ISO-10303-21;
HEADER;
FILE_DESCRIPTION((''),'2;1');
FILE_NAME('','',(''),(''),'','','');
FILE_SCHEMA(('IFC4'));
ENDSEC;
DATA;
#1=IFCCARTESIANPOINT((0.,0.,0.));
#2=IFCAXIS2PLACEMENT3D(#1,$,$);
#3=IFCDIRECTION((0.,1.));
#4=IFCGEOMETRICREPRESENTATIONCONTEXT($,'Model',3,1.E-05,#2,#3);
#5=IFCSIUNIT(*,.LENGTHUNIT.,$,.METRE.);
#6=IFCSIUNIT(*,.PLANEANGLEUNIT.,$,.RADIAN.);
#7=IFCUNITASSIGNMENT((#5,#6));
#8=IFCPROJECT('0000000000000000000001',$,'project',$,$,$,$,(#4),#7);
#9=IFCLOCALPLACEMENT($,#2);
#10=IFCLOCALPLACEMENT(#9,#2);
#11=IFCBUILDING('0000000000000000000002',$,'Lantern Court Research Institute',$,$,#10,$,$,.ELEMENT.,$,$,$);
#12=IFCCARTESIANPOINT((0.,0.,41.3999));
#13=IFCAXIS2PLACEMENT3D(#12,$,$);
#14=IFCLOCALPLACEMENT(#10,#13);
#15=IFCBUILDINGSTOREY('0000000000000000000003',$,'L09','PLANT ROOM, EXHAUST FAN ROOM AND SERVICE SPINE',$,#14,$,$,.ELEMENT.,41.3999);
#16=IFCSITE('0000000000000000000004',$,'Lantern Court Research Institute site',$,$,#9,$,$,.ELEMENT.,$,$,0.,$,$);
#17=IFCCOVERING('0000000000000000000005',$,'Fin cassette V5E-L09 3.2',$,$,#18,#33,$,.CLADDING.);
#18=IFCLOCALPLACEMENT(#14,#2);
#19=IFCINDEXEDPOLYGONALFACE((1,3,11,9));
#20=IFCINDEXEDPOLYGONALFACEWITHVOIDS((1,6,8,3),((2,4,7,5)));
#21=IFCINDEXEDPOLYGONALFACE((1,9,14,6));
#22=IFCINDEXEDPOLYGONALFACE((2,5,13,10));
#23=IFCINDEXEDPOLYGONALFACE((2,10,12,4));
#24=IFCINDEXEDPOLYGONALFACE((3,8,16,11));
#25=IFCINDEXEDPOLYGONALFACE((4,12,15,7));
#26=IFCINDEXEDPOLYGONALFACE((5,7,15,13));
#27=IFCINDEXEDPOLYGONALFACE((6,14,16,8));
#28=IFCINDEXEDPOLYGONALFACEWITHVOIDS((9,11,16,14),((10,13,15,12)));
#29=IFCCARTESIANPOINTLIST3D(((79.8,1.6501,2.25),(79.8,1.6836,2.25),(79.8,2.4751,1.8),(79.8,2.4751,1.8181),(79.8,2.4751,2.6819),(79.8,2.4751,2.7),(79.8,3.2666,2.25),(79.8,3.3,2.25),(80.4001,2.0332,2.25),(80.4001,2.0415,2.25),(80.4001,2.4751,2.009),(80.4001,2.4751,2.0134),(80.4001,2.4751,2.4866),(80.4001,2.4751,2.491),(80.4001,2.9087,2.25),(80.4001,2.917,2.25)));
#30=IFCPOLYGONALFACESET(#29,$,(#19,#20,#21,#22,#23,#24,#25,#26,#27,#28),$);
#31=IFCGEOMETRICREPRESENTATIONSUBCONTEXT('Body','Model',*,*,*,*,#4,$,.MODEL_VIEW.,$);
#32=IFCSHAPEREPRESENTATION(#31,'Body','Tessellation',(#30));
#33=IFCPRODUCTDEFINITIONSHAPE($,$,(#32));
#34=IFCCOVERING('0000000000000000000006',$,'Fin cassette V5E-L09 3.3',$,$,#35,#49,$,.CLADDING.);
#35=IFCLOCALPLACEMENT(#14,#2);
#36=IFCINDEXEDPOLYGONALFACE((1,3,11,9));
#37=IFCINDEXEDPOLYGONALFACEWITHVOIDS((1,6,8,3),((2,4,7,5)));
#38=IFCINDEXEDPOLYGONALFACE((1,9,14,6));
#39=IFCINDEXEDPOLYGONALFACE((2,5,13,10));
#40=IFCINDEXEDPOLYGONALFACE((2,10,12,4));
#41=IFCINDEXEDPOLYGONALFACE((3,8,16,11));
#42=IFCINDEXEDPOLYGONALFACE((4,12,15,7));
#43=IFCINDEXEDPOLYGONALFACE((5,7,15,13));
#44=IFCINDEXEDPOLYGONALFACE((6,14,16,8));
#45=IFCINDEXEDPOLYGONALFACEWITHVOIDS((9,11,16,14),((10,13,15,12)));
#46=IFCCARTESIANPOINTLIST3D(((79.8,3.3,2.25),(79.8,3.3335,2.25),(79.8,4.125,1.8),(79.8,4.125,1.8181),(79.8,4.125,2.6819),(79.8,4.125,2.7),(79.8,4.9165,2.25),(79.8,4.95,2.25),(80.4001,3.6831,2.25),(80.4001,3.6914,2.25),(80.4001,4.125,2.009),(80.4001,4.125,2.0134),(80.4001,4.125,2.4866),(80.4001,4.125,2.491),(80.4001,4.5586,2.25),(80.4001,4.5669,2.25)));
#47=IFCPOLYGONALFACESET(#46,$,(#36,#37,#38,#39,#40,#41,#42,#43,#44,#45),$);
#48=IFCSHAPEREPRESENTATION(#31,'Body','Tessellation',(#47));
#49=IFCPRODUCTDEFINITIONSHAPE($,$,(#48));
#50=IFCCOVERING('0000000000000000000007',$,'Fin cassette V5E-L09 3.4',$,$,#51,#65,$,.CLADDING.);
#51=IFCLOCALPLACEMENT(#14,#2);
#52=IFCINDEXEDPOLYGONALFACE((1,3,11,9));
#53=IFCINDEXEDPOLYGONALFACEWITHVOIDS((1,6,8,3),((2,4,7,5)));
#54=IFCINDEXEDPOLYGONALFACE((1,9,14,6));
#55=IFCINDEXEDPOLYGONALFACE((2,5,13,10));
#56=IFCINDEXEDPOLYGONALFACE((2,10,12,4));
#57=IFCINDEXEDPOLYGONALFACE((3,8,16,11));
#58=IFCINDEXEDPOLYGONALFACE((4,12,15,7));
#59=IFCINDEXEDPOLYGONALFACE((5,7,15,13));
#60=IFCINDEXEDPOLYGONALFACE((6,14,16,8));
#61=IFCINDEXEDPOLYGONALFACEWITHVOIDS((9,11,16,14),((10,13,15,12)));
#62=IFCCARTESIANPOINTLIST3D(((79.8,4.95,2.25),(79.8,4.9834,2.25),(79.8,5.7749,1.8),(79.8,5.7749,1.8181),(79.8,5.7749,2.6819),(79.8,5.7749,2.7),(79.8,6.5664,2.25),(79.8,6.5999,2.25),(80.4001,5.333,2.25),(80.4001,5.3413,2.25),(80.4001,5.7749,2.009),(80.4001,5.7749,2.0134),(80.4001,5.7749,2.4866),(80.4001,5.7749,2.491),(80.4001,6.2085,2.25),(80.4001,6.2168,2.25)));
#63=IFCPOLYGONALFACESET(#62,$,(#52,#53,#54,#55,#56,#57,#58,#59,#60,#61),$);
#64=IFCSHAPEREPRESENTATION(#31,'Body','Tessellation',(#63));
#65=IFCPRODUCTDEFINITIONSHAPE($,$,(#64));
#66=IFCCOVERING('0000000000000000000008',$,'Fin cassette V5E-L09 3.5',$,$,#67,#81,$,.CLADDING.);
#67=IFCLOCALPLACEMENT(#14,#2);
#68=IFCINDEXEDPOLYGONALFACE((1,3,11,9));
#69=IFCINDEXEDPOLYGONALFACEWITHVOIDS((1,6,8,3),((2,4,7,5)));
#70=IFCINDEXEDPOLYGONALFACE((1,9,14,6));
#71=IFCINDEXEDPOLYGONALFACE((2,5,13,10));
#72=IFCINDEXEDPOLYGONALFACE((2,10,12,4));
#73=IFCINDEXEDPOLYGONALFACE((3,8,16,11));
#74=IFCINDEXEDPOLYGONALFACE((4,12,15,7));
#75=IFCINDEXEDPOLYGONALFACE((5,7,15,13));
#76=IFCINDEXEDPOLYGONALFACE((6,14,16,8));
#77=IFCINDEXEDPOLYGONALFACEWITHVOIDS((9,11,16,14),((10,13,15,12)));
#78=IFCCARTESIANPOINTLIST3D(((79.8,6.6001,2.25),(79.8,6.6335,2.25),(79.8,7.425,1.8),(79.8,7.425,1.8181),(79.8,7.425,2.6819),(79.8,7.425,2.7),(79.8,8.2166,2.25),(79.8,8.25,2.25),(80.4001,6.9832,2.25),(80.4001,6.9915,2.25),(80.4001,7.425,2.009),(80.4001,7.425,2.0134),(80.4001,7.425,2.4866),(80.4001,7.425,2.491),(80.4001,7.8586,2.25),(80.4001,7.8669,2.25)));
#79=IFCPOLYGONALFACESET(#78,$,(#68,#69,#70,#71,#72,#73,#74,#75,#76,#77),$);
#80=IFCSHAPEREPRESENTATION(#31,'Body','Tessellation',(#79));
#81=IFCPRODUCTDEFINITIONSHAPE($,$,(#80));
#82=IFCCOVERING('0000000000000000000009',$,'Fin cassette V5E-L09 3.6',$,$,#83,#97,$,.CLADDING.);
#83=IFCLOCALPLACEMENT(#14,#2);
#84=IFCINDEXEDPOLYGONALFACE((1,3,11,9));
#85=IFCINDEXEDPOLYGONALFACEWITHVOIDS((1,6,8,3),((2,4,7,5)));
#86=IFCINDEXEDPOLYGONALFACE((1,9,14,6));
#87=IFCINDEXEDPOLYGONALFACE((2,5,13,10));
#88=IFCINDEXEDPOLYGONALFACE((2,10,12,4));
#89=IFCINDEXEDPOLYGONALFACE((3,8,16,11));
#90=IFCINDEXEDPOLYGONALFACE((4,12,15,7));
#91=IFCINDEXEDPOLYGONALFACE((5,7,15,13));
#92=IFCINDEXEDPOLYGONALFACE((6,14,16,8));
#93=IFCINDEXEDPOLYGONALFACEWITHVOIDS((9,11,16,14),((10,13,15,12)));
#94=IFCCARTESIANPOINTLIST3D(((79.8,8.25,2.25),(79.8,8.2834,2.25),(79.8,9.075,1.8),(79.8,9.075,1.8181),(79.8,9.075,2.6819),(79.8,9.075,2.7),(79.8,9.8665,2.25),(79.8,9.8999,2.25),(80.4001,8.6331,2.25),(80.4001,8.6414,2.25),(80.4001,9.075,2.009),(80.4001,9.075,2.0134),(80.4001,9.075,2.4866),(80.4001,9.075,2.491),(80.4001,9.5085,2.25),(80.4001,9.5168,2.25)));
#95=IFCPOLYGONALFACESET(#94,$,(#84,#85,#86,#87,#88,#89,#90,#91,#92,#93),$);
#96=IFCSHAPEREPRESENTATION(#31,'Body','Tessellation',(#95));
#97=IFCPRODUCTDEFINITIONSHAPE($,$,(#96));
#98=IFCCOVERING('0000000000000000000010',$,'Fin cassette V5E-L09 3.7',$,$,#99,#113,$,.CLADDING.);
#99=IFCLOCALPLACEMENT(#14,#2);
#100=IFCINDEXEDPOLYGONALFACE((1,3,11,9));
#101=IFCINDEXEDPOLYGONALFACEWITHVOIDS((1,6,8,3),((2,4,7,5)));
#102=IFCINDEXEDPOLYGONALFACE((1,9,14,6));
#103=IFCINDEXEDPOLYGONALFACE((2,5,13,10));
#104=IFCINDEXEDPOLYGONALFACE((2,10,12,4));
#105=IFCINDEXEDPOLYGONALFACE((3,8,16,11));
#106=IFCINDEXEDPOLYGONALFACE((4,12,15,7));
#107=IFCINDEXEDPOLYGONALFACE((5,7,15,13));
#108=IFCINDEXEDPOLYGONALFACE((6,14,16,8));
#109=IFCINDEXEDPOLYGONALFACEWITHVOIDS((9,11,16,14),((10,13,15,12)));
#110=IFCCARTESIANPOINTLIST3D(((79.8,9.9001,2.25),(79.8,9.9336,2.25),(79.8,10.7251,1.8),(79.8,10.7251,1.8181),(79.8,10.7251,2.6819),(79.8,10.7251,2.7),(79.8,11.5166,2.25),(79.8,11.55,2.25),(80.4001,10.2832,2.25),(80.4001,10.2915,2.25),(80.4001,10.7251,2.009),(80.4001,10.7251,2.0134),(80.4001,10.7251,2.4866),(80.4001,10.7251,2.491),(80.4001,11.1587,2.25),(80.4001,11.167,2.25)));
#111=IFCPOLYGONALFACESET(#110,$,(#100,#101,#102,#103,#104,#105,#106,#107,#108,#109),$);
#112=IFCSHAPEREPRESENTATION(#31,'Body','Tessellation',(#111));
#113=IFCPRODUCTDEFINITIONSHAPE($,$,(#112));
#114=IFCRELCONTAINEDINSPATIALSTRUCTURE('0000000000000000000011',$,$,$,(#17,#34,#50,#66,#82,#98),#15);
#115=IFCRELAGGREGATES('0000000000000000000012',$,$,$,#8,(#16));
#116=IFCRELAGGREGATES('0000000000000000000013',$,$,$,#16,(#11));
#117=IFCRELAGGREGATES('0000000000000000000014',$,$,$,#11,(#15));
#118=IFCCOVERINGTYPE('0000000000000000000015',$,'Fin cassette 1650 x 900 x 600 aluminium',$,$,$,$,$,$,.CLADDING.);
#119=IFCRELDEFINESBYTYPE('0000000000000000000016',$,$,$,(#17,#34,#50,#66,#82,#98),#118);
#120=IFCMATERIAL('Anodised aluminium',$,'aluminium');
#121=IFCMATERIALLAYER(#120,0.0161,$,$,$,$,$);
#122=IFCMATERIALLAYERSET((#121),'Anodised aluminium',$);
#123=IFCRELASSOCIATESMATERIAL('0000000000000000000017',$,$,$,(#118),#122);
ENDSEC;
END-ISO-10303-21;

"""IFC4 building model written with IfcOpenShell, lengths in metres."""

from ifc_helpers import new_model, entity, si_unit, direction, frame, origin, place, context, subcontext, project, spatial, material, layer, layer_set, type_object, element, save


model = new_model("IFC4")

# Units and contexts
model_context = context("Model", 3, precision=1e-05, world=origin(), true_north=direction((0.0, 1.0)))
body_context = subcontext(model_context, "Body", "Model", "MODEL_VIEW")
ifc_project = project(units=[si_unit("LENGTHUNIT", "METRE"), si_unit("PLANEANGLEUNIT", "RADIAN")], contexts=[model_context])

# Site, building, storey
site_placement = place(None, origin())
site = spatial("IfcSite", under=ifc_project, at=site_placement, Name="Lantern Court Research Institute site", CompositionType="ELEMENT", RefElevation=0.0)
building_placement = place(site_placement, origin())
building = spatial("IfcBuilding", under=site, at=building_placement, Name="Lantern Court Research Institute", CompositionType="ELEMENT")
storey_placement = place(building_placement, frame((0.0, 0.0, 41.3999)))
storey = spatial("IfcBuildingStorey", under=building, at=storey_placement, Name="L09", Description="PLANT ROOM, EXHAUST FAN ROOM AND SERVICE SPINE", CompositionType="ELEMENT", Elevation=41.3999)

# Coverings
ifc_material_1 = material(Name="Anodised aluminium", Category="aluminium")
ifc_layer_1 = layer(ifc_material_1, 0.0161)
ifc_layer_set_1 = layer_set([ifc_layer_1], Name="Anodised aluminium")
covering_type = type_object("IfcCoveringType", Name="Fin cassette 1650 x 900 x 600 aluminium", PredefinedType="CLADDING", material=ifc_layer_set_1)
covering_1_placement = place(storey_placement, frame((79.8, 2.4751, 2.25), z_axis=(1.0, 0.0, 0.0), x_axis=(0.0, 1.0, 0.0)))
cartesian_point_1 = entity("IfcCartesianPoint", [0.825, 0.0])
cartesian_point_2 = entity("IfcCartesianPoint", [0.7915, 0.0])
cartesian_point_3 = entity("IfcCartesianPoint", [0.4419, 0.0])
cartesian_point_4 = entity("IfcCartesianPoint", [0.4336, 0.0])
element("IfcCovering", 1, at=covering_1_placement, inside=storey, type_object=covering_type, Name="Fin cassette V5E-L09 3.2", PredefinedType="CLADDING", context=body_context, shape_type="SweptSolid", body=[
    entity("IfcExtrudedAreaSolidTapered", entity("IfcArbitraryProfileDefWithVoids", "AREA", None, entity("IfcPolyline", [cartesian_point_1, entity("IfcCartesianPoint", [0.0, 0.45]), entity("IfcCartesianPoint", [-0.825, 0.0]), entity("IfcCartesianPoint", [0.0, -0.45]), cartesian_point_1]), [entity("IfcPolyline", [cartesian_point_2, entity("IfcCartesianPoint", [0.0, 0.4319]), entity("IfcCartesianPoint", [-0.7915, 0.0]), entity("IfcCartesianPoint", [0.0, -0.4319]), cartesian_point_2])]), entity("IfcAxis2Placement3D", entity("IfcCartesianPoint", [0.0, 0.0, 0.0])), entity("IfcDirection", [0.0, 0.0, 1.0]), 0.6001, entity("IfcArbitraryProfileDefWithVoids", "AREA", None, entity("IfcPolyline", [cartesian_point_3, entity("IfcCartesianPoint", [0.0, 0.241]), entity("IfcCartesianPoint", [-0.4419, 0.0]), entity("IfcCartesianPoint", [0.0, -0.241]), cartesian_point_3]), [entity("IfcPolyline", [cartesian_point_4, entity("IfcCartesianPoint", [0.0, 0.2366]), entity("IfcCartesianPoint", [-0.4336, 0.0]), entity("IfcCartesianPoint", [0.0, -0.2366]), cartesian_point_4])])),
])
covering_2_placement = place(storey_placement, frame((79.8, 4.125, 2.25), z_axis=(1.0, 0.0, 0.0), x_axis=(0.0, 1.0, 0.0)))
cartesian_point_5 = entity("IfcCartesianPoint", [0.825, 0.0])
cartesian_point_6 = entity("IfcCartesianPoint", [0.7915, 0.0])
cartesian_point_7 = entity("IfcCartesianPoint", [0.4419, 0.0])
cartesian_point_8 = entity("IfcCartesianPoint", [0.4336, 0.0])
element("IfcCovering", 2, at=covering_2_placement, inside=storey, type_object=covering_type, Name="Fin cassette V5E-L09 3.3", PredefinedType="CLADDING", context=body_context, shape_type="SweptSolid", body=[
    entity("IfcExtrudedAreaSolidTapered", entity("IfcArbitraryProfileDefWithVoids", "AREA", None, entity("IfcPolyline", [cartesian_point_5, entity("IfcCartesianPoint", [0.0, 0.45]), entity("IfcCartesianPoint", [-0.825, 0.0]), entity("IfcCartesianPoint", [0.0, -0.45]), cartesian_point_5]), [entity("IfcPolyline", [cartesian_point_6, entity("IfcCartesianPoint", [0.0, 0.4319]), entity("IfcCartesianPoint", [-0.7915, 0.0]), entity("IfcCartesianPoint", [0.0, -0.4319]), cartesian_point_6])]), entity("IfcAxis2Placement3D", entity("IfcCartesianPoint", [0.0, 0.0, 0.0])), entity("IfcDirection", [0.0, 0.0, 1.0]), 0.6001, entity("IfcArbitraryProfileDefWithVoids", "AREA", None, entity("IfcPolyline", [cartesian_point_7, entity("IfcCartesianPoint", [0.0, 0.241]), entity("IfcCartesianPoint", [-0.4419, 0.0]), entity("IfcCartesianPoint", [0.0, -0.241]), cartesian_point_7]), [entity("IfcPolyline", [cartesian_point_8, entity("IfcCartesianPoint", [0.0, 0.2366]), entity("IfcCartesianPoint", [-0.4336, 0.0]), entity("IfcCartesianPoint", [0.0, -0.2366]), cartesian_point_8])])),
])
covering_3_placement = place(storey_placement, frame((79.8, 5.7749, 2.25), z_axis=(1.0, 0.0, 0.0), x_axis=(0.0, 1.0, 0.0)))
cartesian_point_9 = entity("IfcCartesianPoint", [0.825, 0.0])
cartesian_point_10 = entity("IfcCartesianPoint", [0.7915, 0.0])
cartesian_point_11 = entity("IfcCartesianPoint", [0.4419, 0.0])
cartesian_point_12 = entity("IfcCartesianPoint", [0.4336, 0.0])
element("IfcCovering", 3, at=covering_3_placement, inside=storey, type_object=covering_type, Name="Fin cassette V5E-L09 3.4", PredefinedType="CLADDING", context=body_context, shape_type="SweptSolid", body=[
    entity("IfcExtrudedAreaSolidTapered", entity("IfcArbitraryProfileDefWithVoids", "AREA", None, entity("IfcPolyline", [cartesian_point_9, entity("IfcCartesianPoint", [0.0, 0.45]), entity("IfcCartesianPoint", [-0.825, 0.0]), entity("IfcCartesianPoint", [0.0, -0.45]), cartesian_point_9]), [entity("IfcPolyline", [cartesian_point_10, entity("IfcCartesianPoint", [0.0, 0.4319]), entity("IfcCartesianPoint", [-0.7915, 0.0]), entity("IfcCartesianPoint", [0.0, -0.4319]), cartesian_point_10])]), entity("IfcAxis2Placement3D", entity("IfcCartesianPoint", [0.0, 0.0, 0.0])), entity("IfcDirection", [0.0, 0.0, 1.0]), 0.6001, entity("IfcArbitraryProfileDefWithVoids", "AREA", None, entity("IfcPolyline", [cartesian_point_11, entity("IfcCartesianPoint", [0.0, 0.241]), entity("IfcCartesianPoint", [-0.4419, 0.0]), entity("IfcCartesianPoint", [0.0, -0.241]), cartesian_point_11]), [entity("IfcPolyline", [cartesian_point_12, entity("IfcCartesianPoint", [0.0, 0.2366]), entity("IfcCartesianPoint", [-0.4336, 0.0]), entity("IfcCartesianPoint", [0.0, -0.2366]), cartesian_point_12])])),
])
covering_4_placement = place(storey_placement, frame((79.8, 7.425, 2.25), z_axis=(1.0, 0.0, 0.0), x_axis=(0.0, 1.0, 0.0)))
cartesian_point_13 = entity("IfcCartesianPoint", [0.825, 0.0])
cartesian_point_14 = entity("IfcCartesianPoint", [0.7915, 0.0])
cartesian_point_15 = entity("IfcCartesianPoint", [0.4419, 0.0])
cartesian_point_16 = entity("IfcCartesianPoint", [0.4336, 0.0])
element("IfcCovering", 4, at=covering_4_placement, inside=storey, type_object=covering_type, Name="Fin cassette V5E-L09 3.5", PredefinedType="CLADDING", context=body_context, shape_type="SweptSolid", body=[
    entity("IfcExtrudedAreaSolidTapered", entity("IfcArbitraryProfileDefWithVoids", "AREA", None, entity("IfcPolyline", [cartesian_point_13, entity("IfcCartesianPoint", [0.0, 0.45]), entity("IfcCartesianPoint", [-0.825, 0.0]), entity("IfcCartesianPoint", [0.0, -0.45]), cartesian_point_13]), [entity("IfcPolyline", [cartesian_point_14, entity("IfcCartesianPoint", [0.0, 0.4319]), entity("IfcCartesianPoint", [-0.7915, 0.0]), entity("IfcCartesianPoint", [0.0, -0.4319]), cartesian_point_14])]), entity("IfcAxis2Placement3D", entity("IfcCartesianPoint", [0.0, 0.0, 0.0])), entity("IfcDirection", [0.0, 0.0, 1.0]), 0.6001, entity("IfcArbitraryProfileDefWithVoids", "AREA", None, entity("IfcPolyline", [cartesian_point_15, entity("IfcCartesianPoint", [0.0, 0.241]), entity("IfcCartesianPoint", [-0.4419, 0.0]), entity("IfcCartesianPoint", [0.0, -0.241]), cartesian_point_15]), [entity("IfcPolyline", [cartesian_point_16, entity("IfcCartesianPoint", [0.0, 0.2366]), entity("IfcCartesianPoint", [-0.4336, 0.0]), entity("IfcCartesianPoint", [0.0, -0.2366]), cartesian_point_16])])),
])
covering_5_placement = place(storey_placement, frame((79.8, 9.075, 2.25), z_axis=(1.0, 0.0, 0.0), x_axis=(0.0, 1.0, 0.0)))
cartesian_point_17 = entity("IfcCartesianPoint", [0.825, 0.0])
cartesian_point_18 = entity("IfcCartesianPoint", [0.7915, 0.0])
cartesian_point_19 = entity("IfcCartesianPoint", [0.4419, 0.0])
cartesian_point_20 = entity("IfcCartesianPoint", [0.4336, 0.0])
element("IfcCovering", 5, at=covering_5_placement, inside=storey, type_object=covering_type, Name="Fin cassette V5E-L09 3.6", PredefinedType="CLADDING", context=body_context, shape_type="SweptSolid", body=[
    entity("IfcExtrudedAreaSolidTapered", entity("IfcArbitraryProfileDefWithVoids", "AREA", None, entity("IfcPolyline", [cartesian_point_17, entity("IfcCartesianPoint", [0.0, 0.45]), entity("IfcCartesianPoint", [-0.825, 0.0]), entity("IfcCartesianPoint", [0.0, -0.45]), cartesian_point_17]), [entity("IfcPolyline", [cartesian_point_18, entity("IfcCartesianPoint", [0.0, 0.4319]), entity("IfcCartesianPoint", [-0.7915, 0.0]), entity("IfcCartesianPoint", [0.0, -0.4319]), cartesian_point_18])]), entity("IfcAxis2Placement3D", entity("IfcCartesianPoint", [0.0, 0.0, 0.0])), entity("IfcDirection", [0.0, 0.0, 1.0]), 0.6001, entity("IfcArbitraryProfileDefWithVoids", "AREA", None, entity("IfcPolyline", [cartesian_point_19, entity("IfcCartesianPoint", [0.0, 0.241]), entity("IfcCartesianPoint", [-0.4419, 0.0]), entity("IfcCartesianPoint", [0.0, -0.241]), cartesian_point_19]), [entity("IfcPolyline", [cartesian_point_20, entity("IfcCartesianPoint", [0.0, 0.2366]), entity("IfcCartesianPoint", [-0.4336, 0.0]), entity("IfcCartesianPoint", [0.0, -0.2366]), cartesian_point_20])])),
])
covering_6_placement = place(storey_placement, frame((79.8, 10.7251, 2.25), z_axis=(1.0, 0.0, 0.0), x_axis=(0.0, 1.0, 0.0)))
cartesian_point_21 = entity("IfcCartesianPoint", [0.825, 0.0])
cartesian_point_22 = entity("IfcCartesianPoint", [0.7915, 0.0])
cartesian_point_23 = entity("IfcCartesianPoint", [0.4419, 0.0])
cartesian_point_24 = entity("IfcCartesianPoint", [0.4336, 0.0])
element("IfcCovering", 6, at=covering_6_placement, inside=storey, type_object=covering_type, Name="Fin cassette V5E-L09 3.7", PredefinedType="CLADDING", context=body_context, shape_type="SweptSolid", body=[
    entity("IfcExtrudedAreaSolidTapered", entity("IfcArbitraryProfileDefWithVoids", "AREA", None, entity("IfcPolyline", [cartesian_point_21, entity("IfcCartesianPoint", [0.0, 0.45]), entity("IfcCartesianPoint", [-0.825, 0.0]), entity("IfcCartesianPoint", [0.0, -0.45]), cartesian_point_21]), [entity("IfcPolyline", [cartesian_point_22, entity("IfcCartesianPoint", [0.0, 0.4319]), entity("IfcCartesianPoint", [-0.7915, 0.0]), entity("IfcCartesianPoint", [0.0, -0.4319]), cartesian_point_22])]), entity("IfcAxis2Placement3D", entity("IfcCartesianPoint", [0.0, 0.0, 0.0])), entity("IfcDirection", [0.0, 0.0, 1.0]), 0.6001, entity("IfcArbitraryProfileDefWithVoids", "AREA", None, entity("IfcPolyline", [cartesian_point_23, entity("IfcCartesianPoint", [0.0, 0.241]), entity("IfcCartesianPoint", [-0.4419, 0.0]), entity("IfcCartesianPoint", [0.0, -0.241]), cartesian_point_23]), [entity("IfcPolyline", [cartesian_point_24, entity("IfcCartesianPoint", [0.0, 0.2366]), entity("IfcCartesianPoint", [-0.4336, 0.0]), entity("IfcCartesianPoint", [0.0, -0.2366]), cartesian_point_24])])),
])

save(model, "model.ifc")
